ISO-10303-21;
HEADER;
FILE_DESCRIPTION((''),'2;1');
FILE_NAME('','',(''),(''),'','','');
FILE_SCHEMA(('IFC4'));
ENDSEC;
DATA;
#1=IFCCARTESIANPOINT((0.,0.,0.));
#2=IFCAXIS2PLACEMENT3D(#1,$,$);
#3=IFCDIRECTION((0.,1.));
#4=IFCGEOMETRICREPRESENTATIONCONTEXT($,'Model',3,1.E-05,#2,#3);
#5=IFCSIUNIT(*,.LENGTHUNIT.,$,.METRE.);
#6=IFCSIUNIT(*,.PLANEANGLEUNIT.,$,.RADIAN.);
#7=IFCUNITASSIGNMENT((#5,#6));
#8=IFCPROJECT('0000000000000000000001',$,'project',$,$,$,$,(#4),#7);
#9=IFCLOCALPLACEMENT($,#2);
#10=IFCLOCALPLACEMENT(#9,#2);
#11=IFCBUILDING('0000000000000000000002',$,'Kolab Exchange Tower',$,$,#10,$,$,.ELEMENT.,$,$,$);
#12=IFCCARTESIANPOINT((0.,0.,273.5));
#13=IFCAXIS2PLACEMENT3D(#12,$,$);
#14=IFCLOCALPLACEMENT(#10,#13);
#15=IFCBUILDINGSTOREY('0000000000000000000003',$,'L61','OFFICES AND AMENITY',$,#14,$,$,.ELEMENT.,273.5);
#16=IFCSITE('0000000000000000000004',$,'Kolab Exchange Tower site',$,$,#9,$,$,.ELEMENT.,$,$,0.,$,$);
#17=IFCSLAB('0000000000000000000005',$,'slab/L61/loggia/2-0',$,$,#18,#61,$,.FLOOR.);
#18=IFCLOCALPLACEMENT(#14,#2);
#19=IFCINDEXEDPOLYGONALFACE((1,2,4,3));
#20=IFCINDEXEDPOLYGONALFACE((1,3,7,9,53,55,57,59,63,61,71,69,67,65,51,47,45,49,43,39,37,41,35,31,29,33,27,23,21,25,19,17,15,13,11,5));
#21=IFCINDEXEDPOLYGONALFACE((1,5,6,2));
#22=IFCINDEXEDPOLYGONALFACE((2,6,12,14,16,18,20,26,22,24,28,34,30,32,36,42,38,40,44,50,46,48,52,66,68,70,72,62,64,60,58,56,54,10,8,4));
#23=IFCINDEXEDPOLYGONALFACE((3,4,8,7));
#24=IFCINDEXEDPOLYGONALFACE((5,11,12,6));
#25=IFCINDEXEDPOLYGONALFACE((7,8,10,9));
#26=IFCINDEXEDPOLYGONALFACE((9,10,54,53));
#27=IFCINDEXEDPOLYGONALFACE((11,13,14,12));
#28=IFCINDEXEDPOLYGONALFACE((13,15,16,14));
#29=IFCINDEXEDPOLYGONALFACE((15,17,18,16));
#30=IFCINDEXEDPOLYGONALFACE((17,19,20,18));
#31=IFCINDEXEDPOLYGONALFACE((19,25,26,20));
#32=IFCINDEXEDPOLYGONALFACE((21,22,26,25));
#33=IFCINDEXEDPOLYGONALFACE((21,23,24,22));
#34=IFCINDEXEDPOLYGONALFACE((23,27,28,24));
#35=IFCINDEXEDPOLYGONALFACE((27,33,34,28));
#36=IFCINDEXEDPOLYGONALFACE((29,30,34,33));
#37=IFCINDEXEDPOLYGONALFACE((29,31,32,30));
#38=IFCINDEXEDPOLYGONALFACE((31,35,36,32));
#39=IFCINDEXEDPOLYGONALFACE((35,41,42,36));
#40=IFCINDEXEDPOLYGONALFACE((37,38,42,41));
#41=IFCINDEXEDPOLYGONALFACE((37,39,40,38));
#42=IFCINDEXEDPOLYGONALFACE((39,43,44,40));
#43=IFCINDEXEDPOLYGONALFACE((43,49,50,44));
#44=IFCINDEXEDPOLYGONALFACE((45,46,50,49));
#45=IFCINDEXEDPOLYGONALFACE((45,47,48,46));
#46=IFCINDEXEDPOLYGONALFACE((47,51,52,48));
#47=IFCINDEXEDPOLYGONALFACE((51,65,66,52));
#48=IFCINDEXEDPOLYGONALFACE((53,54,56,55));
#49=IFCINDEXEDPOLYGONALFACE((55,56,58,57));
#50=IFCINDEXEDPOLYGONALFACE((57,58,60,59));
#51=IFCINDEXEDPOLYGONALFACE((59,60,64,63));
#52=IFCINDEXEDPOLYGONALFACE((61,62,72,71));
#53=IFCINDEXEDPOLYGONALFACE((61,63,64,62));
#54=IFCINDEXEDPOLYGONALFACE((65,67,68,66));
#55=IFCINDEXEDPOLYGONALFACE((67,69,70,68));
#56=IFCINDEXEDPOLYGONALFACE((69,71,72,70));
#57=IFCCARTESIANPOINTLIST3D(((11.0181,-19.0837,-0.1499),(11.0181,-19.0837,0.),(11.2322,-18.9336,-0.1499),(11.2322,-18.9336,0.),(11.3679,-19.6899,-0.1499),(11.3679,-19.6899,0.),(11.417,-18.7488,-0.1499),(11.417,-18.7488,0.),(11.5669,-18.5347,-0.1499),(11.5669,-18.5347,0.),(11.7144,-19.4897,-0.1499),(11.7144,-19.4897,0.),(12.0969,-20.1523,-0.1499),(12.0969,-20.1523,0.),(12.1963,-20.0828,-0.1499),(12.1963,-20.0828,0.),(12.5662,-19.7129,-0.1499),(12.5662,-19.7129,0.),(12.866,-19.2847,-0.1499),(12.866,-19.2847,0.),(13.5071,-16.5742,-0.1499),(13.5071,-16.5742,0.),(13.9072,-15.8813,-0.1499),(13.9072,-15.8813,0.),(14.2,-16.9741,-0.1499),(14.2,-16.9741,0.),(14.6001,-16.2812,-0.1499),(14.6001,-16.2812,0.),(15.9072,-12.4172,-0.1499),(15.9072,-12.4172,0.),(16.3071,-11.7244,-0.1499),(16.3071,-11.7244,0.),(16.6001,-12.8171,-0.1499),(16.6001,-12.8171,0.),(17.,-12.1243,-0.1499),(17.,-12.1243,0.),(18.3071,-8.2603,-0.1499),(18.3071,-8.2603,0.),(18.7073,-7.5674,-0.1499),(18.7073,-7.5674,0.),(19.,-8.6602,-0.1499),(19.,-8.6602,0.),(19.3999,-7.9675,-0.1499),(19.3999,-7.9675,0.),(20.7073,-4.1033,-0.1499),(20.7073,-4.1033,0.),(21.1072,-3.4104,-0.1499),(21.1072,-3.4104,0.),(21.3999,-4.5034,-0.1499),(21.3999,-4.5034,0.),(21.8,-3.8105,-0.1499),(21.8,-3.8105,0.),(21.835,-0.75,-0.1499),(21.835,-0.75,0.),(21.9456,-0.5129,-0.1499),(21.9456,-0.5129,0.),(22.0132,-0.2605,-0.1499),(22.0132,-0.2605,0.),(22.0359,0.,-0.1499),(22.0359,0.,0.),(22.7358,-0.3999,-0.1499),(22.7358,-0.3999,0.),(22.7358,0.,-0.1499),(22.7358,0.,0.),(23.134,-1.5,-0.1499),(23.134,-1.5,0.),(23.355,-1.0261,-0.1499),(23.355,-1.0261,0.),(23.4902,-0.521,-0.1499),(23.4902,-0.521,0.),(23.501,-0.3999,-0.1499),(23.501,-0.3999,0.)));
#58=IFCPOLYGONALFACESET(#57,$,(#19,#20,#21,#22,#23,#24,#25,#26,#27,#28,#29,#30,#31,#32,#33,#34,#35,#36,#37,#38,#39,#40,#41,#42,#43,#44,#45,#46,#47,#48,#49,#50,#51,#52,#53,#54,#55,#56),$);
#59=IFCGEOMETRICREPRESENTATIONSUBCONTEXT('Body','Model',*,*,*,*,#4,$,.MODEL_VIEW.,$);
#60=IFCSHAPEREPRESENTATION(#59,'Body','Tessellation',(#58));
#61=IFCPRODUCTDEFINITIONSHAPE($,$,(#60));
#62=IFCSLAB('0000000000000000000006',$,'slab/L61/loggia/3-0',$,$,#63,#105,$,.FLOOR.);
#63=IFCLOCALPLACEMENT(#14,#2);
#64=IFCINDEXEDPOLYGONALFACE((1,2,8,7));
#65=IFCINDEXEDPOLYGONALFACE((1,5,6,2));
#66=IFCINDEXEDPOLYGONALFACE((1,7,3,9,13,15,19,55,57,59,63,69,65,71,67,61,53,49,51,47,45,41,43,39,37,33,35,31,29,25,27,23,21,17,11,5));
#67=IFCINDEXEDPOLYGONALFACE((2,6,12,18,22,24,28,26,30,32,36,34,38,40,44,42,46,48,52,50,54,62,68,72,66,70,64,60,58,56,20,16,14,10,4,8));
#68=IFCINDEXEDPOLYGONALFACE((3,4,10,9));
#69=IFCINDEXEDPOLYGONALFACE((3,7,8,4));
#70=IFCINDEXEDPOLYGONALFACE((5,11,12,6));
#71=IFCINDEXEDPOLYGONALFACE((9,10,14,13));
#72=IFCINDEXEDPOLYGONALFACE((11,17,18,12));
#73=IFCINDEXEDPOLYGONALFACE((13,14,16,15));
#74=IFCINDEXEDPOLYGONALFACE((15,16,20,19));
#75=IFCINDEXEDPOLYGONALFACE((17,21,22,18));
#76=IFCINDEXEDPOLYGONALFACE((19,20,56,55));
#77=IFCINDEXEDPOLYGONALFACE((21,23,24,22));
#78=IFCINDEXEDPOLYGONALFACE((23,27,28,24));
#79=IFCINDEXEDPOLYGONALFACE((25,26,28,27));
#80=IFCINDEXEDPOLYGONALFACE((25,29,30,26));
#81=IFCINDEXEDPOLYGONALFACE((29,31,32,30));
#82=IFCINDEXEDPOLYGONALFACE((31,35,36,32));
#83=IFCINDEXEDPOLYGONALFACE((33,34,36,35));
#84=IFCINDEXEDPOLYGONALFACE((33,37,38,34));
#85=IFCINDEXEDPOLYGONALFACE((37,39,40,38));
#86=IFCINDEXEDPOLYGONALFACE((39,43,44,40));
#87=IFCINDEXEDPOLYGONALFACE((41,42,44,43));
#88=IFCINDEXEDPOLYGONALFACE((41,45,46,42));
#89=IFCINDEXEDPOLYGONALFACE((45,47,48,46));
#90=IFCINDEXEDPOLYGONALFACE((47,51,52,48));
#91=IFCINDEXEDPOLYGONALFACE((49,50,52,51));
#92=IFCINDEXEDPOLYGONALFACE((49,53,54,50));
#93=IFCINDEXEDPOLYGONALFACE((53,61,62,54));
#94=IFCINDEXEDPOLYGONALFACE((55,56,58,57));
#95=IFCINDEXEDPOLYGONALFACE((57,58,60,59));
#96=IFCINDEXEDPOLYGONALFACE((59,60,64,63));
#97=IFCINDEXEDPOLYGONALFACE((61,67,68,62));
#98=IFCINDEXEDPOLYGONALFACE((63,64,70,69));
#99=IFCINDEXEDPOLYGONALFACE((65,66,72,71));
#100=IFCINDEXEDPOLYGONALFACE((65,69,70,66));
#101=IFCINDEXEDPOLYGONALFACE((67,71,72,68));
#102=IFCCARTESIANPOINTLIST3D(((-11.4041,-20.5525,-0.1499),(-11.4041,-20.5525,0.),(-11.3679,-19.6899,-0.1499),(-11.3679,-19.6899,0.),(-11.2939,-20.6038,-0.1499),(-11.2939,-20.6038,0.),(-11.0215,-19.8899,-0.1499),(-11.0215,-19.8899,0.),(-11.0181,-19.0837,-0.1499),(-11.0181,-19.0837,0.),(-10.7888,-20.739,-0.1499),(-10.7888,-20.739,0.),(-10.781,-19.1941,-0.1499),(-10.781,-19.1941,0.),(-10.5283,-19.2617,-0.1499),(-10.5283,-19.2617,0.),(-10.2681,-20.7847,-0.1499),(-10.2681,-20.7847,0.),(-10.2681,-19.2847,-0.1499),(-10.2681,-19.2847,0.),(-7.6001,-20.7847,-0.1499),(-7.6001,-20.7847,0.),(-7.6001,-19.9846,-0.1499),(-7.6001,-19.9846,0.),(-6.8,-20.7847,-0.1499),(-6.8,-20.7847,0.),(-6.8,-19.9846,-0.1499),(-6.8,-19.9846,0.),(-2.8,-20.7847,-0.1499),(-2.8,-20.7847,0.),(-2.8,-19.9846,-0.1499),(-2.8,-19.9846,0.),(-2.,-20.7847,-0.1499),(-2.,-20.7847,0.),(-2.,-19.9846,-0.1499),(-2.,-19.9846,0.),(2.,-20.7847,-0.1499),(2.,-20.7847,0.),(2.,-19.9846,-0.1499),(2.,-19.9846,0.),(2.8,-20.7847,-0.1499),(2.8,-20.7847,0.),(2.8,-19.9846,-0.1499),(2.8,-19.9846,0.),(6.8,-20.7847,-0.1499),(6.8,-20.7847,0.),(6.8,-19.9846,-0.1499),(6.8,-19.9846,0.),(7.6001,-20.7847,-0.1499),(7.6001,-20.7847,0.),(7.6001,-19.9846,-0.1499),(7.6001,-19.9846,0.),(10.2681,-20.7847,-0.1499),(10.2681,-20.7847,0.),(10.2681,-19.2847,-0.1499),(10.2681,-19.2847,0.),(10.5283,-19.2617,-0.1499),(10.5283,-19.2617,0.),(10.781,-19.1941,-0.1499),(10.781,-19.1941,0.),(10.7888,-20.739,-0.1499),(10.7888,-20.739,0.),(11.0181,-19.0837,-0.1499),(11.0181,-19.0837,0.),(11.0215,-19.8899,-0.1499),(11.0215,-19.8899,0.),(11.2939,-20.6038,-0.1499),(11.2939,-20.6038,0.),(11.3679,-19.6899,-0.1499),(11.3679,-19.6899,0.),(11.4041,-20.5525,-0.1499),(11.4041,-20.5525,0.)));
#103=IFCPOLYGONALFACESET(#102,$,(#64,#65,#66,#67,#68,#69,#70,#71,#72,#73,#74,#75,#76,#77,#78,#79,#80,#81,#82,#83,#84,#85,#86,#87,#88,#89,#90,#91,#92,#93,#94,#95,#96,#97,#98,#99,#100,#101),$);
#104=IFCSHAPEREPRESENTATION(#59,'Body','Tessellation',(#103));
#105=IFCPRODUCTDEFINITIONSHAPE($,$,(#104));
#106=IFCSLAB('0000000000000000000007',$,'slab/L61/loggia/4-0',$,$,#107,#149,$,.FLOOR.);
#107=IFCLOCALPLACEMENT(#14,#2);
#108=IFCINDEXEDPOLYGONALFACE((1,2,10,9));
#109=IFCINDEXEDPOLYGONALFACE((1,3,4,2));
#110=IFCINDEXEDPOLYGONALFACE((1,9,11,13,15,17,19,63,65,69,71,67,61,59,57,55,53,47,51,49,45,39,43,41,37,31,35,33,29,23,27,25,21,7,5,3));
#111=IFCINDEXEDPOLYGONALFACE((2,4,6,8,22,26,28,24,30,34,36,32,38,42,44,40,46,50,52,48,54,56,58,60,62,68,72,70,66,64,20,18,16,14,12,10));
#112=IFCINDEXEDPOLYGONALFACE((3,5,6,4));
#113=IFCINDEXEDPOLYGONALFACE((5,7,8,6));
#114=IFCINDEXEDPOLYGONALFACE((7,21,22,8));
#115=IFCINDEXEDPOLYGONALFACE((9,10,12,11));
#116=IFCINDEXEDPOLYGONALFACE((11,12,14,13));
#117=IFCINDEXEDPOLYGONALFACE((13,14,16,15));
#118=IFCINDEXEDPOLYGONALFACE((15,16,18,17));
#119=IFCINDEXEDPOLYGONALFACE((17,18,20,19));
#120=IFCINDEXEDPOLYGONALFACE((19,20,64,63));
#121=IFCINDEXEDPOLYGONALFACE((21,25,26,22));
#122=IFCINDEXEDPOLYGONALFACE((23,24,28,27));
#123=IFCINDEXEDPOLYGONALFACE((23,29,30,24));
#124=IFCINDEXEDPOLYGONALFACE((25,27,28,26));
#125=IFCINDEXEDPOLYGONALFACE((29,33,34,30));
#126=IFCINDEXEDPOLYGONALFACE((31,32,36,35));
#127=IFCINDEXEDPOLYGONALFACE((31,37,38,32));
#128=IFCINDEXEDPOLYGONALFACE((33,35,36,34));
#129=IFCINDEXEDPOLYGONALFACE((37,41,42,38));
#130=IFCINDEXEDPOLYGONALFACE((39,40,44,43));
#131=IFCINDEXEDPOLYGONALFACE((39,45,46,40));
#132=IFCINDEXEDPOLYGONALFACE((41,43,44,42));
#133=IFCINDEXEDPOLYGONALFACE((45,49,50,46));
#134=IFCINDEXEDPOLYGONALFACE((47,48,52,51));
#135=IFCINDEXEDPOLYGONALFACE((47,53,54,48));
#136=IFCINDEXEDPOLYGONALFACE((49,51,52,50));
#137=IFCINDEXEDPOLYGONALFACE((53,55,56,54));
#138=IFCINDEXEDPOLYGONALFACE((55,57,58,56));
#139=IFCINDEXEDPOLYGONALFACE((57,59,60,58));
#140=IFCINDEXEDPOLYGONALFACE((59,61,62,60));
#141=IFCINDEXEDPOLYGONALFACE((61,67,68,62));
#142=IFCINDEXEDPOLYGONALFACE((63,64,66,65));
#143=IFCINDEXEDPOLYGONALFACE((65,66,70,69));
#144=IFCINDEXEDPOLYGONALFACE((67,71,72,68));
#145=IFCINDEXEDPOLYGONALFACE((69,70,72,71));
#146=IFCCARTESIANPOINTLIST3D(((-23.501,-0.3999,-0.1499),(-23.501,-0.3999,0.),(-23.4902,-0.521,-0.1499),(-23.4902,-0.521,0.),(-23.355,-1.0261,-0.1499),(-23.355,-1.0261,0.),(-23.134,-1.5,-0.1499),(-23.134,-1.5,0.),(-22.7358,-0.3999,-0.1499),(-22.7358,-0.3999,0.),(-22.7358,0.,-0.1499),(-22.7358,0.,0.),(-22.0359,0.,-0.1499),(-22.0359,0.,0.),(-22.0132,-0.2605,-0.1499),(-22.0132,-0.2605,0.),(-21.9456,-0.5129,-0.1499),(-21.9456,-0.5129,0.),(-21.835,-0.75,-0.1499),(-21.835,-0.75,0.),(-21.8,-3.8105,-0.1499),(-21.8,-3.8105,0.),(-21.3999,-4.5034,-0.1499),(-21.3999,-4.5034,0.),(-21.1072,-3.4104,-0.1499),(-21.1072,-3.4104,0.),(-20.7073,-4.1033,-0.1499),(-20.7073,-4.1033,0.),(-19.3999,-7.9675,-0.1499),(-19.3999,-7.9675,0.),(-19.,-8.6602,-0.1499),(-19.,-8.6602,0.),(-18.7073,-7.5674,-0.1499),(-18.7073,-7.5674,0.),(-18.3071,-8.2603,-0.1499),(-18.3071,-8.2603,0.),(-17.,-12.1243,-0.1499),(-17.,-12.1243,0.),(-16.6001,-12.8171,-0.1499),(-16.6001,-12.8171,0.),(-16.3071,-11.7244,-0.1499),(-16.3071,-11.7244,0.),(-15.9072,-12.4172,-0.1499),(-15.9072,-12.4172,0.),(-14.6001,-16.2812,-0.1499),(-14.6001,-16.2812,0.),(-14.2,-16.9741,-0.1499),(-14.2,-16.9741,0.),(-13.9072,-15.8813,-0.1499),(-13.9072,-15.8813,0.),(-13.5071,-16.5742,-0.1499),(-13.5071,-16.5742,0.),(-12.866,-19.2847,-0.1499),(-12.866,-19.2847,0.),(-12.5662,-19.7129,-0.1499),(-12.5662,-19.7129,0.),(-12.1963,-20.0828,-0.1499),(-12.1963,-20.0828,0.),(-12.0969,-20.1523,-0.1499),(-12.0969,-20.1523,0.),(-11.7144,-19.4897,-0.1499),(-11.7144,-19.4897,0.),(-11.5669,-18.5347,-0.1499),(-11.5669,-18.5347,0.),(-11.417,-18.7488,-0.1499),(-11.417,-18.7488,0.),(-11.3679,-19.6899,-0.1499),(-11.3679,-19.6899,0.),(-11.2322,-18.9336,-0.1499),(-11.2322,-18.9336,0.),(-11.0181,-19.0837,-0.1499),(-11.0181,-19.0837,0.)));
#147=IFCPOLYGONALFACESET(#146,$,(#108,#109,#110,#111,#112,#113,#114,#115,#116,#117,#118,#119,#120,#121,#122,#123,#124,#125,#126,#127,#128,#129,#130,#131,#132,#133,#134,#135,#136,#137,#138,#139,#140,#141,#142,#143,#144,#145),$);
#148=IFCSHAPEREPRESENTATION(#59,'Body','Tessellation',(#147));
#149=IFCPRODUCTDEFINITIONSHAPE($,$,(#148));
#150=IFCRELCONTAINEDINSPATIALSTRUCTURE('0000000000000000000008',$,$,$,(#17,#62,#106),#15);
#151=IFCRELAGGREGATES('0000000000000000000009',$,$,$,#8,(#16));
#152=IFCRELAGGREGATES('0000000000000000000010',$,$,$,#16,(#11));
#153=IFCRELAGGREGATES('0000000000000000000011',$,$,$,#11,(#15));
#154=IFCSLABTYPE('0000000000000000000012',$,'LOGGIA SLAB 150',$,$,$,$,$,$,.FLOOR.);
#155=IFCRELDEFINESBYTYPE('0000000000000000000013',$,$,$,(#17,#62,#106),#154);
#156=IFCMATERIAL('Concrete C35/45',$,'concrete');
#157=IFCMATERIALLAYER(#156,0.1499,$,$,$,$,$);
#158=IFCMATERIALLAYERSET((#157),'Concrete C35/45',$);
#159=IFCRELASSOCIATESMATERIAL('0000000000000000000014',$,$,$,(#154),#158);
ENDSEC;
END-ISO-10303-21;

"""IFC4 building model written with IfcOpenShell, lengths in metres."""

from ifc_helpers import new_model, si_unit, direction, frame, origin, place, context, subcontext, project, spatial, polyline, outline, extrude, material, layer, layer_set, type_object, element, save


model = new_model("IFC4")

# Units and contexts
model_context = context("Model", 3, precision=1e-05, world=origin(), true_north=direction((0.0, 1.0)))
body_context = subcontext(model_context, "Body", "Model", "MODEL_VIEW")
ifc_project = project(units=[si_unit("LENGTHUNIT", "METRE"), si_unit("PLANEANGLEUNIT", "RADIAN")], contexts=[model_context])

# Site, building, storey
site_placement = place(None, origin())
site = spatial("IfcSite", under=ifc_project, at=site_placement, Name="Kolab Exchange Tower site", CompositionType="ELEMENT", RefElevation=0.0)
building_placement = place(site_placement, origin())
building = spatial("IfcBuilding", under=site, at=building_placement, Name="Kolab Exchange Tower", CompositionType="ELEMENT")
storey_placement = place(building_placement, frame((0.0, 0.0, 273.5)))
storey = spatial("IfcBuildingStorey", under=building, at=storey_placement, Name="L61", Description="OFFICES AND AMENITY", CompositionType="ELEMENT", Elevation=273.5)

# Slabs
ifc_material_1 = material(Name="Concrete C35/45", Category="concrete")
ifc_layer_1 = layer(ifc_material_1, 0.1499)
ifc_layer_set_1 = layer_set([ifc_layer_1], Name="Concrete C35/45")
slab_type_1 = type_object("IfcSlabType", Name="LOGGIA SLAB 150", PredefinedType="FLOOR", material=ifc_layer_set_1)
slab_1_placement = place(storey_placement, frame((0.0, 0.0, -0.1499)))
element("IfcSlab", 1, at=slab_1_placement, inside=storey, type_object=slab_type_1, Name="slab/L61/loggia/2-0", PredefinedType="FLOOR", context=body_context, shape_type="SweptSolid", body=[
    extrude(outline(polyline([(12.866, -19.2847), (14.2, -16.9741), (13.5071, -16.5742), (13.9072, -15.8813), (14.6001, -16.2812), (16.6001, -12.8171), (15.9072, -12.4172), (16.3071, -11.7244), (17.0, -12.1243), (19.0, -8.6602), (18.3071, -8.2603), (18.7073, -7.5674), (19.3999, -7.9675), (21.3999, -4.5034), (20.7073, -4.1033), (21.1072, -3.4104), (21.8, -3.8105), (23.134, -1.5), (23.355, -1.0261), (23.4902, -0.521), (23.501, -0.3999), (22.7358, -0.3999), (22.7358, 0.0), (22.0359, 0.0), (22.0132, -0.2605), (21.9456, -0.5129), (21.835, -0.75), (11.5669, -18.5347), (11.417, -18.7488), (11.2322, -18.9336), (11.0181, -19.0837), (11.3679, -19.6899), (11.7144, -19.4897), (12.0969, -20.1523), (12.1963, -20.0828), (12.5662, -19.7129), (12.866, -19.2847)])), origin(), (0.0, 0.0, 1.0), 0.1499),
])
slab_2_placement = place(storey_placement, frame((0.0, 0.0, -0.1499)))
element("IfcSlab", 2, at=slab_2_placement, inside=storey, type_object=slab_type_1, Name="slab/L61/loggia/3-0", PredefinedType="FLOOR", context=body_context, shape_type="SweptSolid", body=[
    extrude(outline(polyline([(-11.0181, -19.0837), (-11.3679, -19.6899), (-11.0215, -19.8899), (-11.4041, -20.5525), (-11.2939, -20.6038), (-10.7888, -20.739), (-10.2681, -20.7847), (-7.6001, -20.7847), (-7.6001, -19.9846), (-6.8, -19.9846), (-6.8, -20.7847), (-2.8, -20.7847), (-2.8, -19.9846), (-2.0, -19.9846), (-2.0, -20.7847), (2.0, -20.7847), (2.0, -19.9846), (2.8, -19.9846), (2.8, -20.7847), (6.8, -20.7847), (6.8, -19.9846), (7.6001, -19.9846), (7.6001, -20.7847), (10.2681, -20.7847), (10.7888, -20.739), (11.2939, -20.6038), (11.4041, -20.5525), (11.0215, -19.8899), (11.3679, -19.6899), (11.0181, -19.0837), (10.781, -19.1941), (10.5283, -19.2617), (10.2681, -19.2847), (-10.2681, -19.2847), (-10.5283, -19.2617), (-10.781, -19.1941), (-11.0181, -19.0837)])), origin(), (0.0, 0.0, 1.0), 0.1499),
])
slab_3_placement = place(storey_placement, frame((0.0, 0.0, -0.1499)))
element("IfcSlab", 3, at=slab_3_placement, inside=storey, type_object=slab_type_1, Name="slab/L61/loggia/4-0", PredefinedType="FLOOR", context=body_context, shape_type="SweptSolid", body=[
    extrude(outline(polyline([(-22.0359, 0.0), (-22.7358, 0.0), (-22.7358, -0.3999), (-23.501, -0.3999), (-23.4902, -0.521), (-23.355, -1.0261), (-23.134, -1.5), (-21.8, -3.8105), (-21.1072, -3.4104), (-20.7073, -4.1033), (-21.3999, -4.5034), (-19.3999, -7.9675), (-18.7073, -7.5674), (-18.3071, -8.2603), (-19.0, -8.6602), (-17.0, -12.1243), (-16.3071, -11.7244), (-15.9072, -12.4172), (-16.6001, -12.8171), (-14.6001, -16.2812), (-13.9072, -15.8813), (-13.5071, -16.5742), (-14.2, -16.9741), (-12.866, -19.2847), (-12.5662, -19.7129), (-12.1963, -20.0828), (-12.0969, -20.1523), (-11.7144, -19.4897), (-11.3679, -19.6899), (-11.0181, -19.0837), (-11.2322, -18.9336), (-11.417, -18.7488), (-11.5669, -18.5347), (-21.835, -0.75), (-21.9456, -0.5129), (-22.0132, -0.2605), (-22.0359, 0.0)])), origin(), (0.0, 0.0, 1.0), 0.1499),
])

save(model, "model.ifc")
